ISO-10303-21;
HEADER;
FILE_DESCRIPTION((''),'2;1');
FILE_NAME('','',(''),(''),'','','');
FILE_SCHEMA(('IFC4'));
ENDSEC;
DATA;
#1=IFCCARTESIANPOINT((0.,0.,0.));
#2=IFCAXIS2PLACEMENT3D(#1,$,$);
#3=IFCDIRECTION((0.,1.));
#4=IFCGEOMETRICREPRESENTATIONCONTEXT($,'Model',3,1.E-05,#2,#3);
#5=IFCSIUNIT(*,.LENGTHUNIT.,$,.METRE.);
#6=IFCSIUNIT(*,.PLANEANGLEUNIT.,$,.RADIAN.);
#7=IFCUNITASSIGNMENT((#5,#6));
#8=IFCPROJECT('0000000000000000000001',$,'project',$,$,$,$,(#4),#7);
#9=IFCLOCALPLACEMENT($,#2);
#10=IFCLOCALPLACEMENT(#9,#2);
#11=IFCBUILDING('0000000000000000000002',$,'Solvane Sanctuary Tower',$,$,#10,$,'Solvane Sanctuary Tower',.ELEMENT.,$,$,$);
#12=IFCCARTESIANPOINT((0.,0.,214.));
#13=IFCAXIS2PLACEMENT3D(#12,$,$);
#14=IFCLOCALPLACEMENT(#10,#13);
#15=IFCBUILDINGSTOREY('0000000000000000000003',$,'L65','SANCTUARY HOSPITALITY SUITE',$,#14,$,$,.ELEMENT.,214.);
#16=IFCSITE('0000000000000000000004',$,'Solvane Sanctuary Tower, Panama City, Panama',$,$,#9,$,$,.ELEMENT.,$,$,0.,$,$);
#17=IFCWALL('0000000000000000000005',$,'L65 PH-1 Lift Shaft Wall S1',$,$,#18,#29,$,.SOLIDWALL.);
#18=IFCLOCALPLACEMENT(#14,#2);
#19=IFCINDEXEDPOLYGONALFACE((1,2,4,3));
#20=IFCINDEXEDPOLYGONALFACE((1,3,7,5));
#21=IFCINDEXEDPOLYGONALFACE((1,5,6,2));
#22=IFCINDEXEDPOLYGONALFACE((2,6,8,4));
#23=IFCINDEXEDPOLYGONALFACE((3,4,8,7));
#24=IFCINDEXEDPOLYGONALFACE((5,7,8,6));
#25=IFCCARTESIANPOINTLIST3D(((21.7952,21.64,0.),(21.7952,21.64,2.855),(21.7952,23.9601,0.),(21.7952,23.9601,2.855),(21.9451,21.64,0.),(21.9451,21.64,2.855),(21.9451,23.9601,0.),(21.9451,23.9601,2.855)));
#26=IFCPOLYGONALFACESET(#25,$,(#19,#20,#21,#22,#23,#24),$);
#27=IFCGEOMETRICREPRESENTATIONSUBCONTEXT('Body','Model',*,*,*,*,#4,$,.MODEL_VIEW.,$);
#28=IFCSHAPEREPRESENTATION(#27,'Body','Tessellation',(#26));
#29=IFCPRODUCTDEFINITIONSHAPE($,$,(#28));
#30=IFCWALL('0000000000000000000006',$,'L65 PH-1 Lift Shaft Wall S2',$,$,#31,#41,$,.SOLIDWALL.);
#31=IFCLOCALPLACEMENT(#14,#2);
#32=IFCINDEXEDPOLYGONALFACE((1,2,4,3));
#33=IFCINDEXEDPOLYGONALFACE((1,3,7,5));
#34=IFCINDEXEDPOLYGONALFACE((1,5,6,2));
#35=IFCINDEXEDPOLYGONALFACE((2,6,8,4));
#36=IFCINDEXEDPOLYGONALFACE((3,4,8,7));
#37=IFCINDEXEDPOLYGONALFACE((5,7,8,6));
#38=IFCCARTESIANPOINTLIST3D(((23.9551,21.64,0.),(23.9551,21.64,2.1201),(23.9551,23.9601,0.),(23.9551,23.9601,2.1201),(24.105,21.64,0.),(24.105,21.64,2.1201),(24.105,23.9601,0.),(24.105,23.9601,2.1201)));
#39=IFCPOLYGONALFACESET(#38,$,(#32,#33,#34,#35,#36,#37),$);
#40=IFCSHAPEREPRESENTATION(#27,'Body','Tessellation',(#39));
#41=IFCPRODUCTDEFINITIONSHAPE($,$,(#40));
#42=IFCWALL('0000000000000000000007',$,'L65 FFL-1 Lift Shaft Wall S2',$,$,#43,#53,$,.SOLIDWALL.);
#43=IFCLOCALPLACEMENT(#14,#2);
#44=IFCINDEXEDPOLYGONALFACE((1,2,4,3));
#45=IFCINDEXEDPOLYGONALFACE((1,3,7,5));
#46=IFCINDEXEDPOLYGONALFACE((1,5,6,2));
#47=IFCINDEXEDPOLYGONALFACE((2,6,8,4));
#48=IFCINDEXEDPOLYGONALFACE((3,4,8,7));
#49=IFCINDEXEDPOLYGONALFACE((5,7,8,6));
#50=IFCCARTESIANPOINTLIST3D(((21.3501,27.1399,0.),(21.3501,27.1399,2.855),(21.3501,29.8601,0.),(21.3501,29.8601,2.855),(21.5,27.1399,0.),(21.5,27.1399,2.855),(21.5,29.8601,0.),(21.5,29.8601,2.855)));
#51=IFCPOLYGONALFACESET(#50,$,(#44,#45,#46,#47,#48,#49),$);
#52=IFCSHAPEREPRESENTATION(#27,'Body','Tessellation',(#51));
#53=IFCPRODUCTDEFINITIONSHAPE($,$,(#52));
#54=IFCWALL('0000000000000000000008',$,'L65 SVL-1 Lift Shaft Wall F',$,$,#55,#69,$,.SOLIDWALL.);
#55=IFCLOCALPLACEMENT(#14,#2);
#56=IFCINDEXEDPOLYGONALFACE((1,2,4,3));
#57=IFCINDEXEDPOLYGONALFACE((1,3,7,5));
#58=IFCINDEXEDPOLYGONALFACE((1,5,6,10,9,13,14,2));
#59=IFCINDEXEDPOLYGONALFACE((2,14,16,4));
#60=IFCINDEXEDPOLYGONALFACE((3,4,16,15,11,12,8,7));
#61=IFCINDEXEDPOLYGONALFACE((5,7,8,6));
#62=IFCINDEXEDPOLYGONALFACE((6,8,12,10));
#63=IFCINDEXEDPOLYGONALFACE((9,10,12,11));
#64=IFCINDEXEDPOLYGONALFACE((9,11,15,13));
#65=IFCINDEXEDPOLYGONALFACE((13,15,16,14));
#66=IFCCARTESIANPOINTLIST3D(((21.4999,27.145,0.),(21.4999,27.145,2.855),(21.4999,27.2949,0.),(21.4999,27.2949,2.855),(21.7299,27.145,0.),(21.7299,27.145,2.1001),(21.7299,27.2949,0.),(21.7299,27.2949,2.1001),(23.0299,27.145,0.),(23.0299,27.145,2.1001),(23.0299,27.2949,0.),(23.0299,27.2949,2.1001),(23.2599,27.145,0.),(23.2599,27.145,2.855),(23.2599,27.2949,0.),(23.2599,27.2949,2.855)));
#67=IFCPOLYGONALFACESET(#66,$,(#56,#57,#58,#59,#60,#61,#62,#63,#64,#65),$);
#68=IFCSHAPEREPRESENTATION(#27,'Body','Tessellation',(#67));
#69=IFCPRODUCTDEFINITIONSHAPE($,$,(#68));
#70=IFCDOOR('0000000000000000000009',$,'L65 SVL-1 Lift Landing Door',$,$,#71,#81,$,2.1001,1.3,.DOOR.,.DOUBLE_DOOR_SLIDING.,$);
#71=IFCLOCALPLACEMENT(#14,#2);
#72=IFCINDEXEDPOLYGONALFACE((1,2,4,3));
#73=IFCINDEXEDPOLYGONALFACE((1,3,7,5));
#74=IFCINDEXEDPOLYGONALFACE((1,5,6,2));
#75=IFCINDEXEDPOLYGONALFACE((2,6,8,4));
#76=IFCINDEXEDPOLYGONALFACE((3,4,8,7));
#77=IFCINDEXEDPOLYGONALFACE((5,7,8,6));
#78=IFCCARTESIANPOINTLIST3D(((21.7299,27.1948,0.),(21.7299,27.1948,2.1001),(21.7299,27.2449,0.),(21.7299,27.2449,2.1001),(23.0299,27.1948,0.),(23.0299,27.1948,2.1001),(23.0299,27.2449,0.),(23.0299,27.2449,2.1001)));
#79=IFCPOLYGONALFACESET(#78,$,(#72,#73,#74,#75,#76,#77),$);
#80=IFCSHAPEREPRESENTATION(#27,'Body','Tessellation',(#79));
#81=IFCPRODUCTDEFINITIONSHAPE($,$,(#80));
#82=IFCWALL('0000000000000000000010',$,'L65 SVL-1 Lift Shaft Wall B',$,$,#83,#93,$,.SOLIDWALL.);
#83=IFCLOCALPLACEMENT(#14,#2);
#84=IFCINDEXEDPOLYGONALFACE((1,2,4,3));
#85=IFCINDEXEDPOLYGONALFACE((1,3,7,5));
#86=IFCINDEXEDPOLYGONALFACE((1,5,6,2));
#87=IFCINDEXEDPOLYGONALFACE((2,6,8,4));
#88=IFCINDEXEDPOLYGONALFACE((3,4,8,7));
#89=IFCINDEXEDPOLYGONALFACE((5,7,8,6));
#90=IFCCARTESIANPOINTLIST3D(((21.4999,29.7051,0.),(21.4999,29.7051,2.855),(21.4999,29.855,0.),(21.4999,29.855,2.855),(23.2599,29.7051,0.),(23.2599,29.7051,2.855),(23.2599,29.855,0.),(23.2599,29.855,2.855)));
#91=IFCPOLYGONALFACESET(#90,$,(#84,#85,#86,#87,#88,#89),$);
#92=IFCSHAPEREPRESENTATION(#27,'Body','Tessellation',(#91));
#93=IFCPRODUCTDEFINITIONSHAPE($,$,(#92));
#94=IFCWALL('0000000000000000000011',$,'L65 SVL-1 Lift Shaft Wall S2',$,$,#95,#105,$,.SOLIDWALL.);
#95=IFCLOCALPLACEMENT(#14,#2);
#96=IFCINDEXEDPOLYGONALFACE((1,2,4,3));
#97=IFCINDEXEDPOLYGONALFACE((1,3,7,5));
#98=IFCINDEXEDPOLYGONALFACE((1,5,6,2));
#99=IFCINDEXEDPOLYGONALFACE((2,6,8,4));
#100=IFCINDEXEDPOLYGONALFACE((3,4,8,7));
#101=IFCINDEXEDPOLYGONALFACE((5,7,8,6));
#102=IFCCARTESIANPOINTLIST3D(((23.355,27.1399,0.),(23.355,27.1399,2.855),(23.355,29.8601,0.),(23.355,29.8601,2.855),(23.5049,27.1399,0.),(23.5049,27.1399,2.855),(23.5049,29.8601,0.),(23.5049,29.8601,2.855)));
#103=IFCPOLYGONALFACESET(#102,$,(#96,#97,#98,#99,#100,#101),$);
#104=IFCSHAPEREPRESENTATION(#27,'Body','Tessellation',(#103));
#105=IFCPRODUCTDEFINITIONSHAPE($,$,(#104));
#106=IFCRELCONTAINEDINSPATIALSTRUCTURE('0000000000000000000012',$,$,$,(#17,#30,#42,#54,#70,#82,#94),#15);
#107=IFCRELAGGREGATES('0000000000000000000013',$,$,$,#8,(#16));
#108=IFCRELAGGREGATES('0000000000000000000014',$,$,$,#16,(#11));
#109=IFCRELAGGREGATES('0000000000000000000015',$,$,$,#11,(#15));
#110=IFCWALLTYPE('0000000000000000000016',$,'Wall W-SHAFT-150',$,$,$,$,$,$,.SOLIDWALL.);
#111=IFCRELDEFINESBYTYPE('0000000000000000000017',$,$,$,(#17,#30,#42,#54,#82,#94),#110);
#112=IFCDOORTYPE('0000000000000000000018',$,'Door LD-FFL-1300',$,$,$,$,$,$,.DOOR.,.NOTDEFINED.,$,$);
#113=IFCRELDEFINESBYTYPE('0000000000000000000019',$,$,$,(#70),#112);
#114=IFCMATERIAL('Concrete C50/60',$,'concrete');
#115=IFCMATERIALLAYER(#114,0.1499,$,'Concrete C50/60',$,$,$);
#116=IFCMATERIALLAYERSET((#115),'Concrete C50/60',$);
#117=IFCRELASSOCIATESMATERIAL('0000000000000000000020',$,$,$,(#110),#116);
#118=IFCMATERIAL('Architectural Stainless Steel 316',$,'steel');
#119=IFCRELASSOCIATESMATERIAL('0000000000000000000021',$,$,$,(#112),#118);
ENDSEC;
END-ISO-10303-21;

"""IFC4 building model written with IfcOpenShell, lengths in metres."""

from ifc_helpers import new_model, si_unit, direction, frame, frame_2d, origin, place, context, subcontext, project, spatial, rectangle, extrude, material, layer, layer_set, type_object, element, fill, save


model = new_model("IFC4")

# Units and contexts
model_context = context("Model", 3, precision=1e-05, world=origin(), true_north=direction((0.0, 1.0)))
body_context = subcontext(model_context, "Body", "Model", "MODEL_VIEW")
ifc_project = project(units=[si_unit("LENGTHUNIT", "METRE"), si_unit("PLANEANGLEUNIT", "RADIAN")], contexts=[model_context])

# Site, building, storey
site_placement = place(None, origin())
site = spatial("IfcSite", under=ifc_project, at=site_placement, Name="Solvane Sanctuary Tower, Panama City, Panama", CompositionType="ELEMENT", RefElevation=0.0)
building_placement = place(site_placement, origin())
building = spatial("IfcBuilding", under=site, at=building_placement, Name="Solvane Sanctuary Tower", LongName="Solvane Sanctuary Tower", CompositionType="ELEMENT")
storey_placement = place(building_placement, frame((0.0, 0.0, 214.0)))
storey = spatial("IfcBuildingStorey", under=building, at=storey_placement, Name="L65", Description="SANCTUARY HOSPITALITY SUITE", CompositionType="ELEMENT", Elevation=214.0)

# Shared definitions
ifc_material_1 = material(Name="Concrete C50/60", Category="concrete")

# Shared definitions
ifc_material_2 = material(Name="Architectural Stainless Steel 316", Category="steel")

# Shared definitions
ifc_layer_1 = layer(ifc_material_1, 0.1499, Name="Concrete C50/60")
ifc_layer_set_1 = layer_set([ifc_layer_1], Name="Concrete C50/60")
wall_type_1 = type_object("IfcWallType", Name="Wall W-SHAFT-150", PredefinedType="SOLIDWALL", material=ifc_layer_set_1)

# Walls
wall_1_placement = place(storey_placement, frame((21.8701, 21.6399, 0.0), z_axis=(0.0, 0.0, 1.0), x_axis=(0.0, 1.0, 0.0)))
element("IfcWall", 1, at=wall_1_placement, inside=storey, type_object=wall_type_1, Name="L65 PH-1 Lift Shaft Wall S1", PredefinedType="SOLIDWALL", context=body_context, shape_type="SweptSolid", body=[
    extrude(rectangle(XDim=2.3201, YDim=0.1499, at=frame_2d((1.1602, 0.0))), origin(), (0.0, 0.0, 1.0), 2.855),
])
wall_2_placement = place(storey_placement, frame((24.03, 21.6399, 0.0), z_axis=(0.0, 0.0, 1.0), x_axis=(0.0, 1.0, 0.0)))
element("IfcWall", 2, at=wall_2_placement, inside=storey, type_object=wall_type_1, Name="L65 PH-1 Lift Shaft Wall S2", PredefinedType="SOLIDWALL", context=body_context, shape_type="SweptSolid", body=[
    extrude(rectangle(XDim=2.3201, YDim=0.1499, at=frame_2d((1.1602, 0.0))), origin(), (0.0, 0.0, 1.0), 2.1201),
])
wall_3_placement = place(storey_placement, frame((21.425, 27.1399, 0.0), z_axis=(0.0, 0.0, 1.0), x_axis=(0.0, 1.0, 0.0)))
element("IfcWall", 3, at=wall_3_placement, inside=storey, type_object=wall_type_1, Name="L65 FFL-1 Lift Shaft Wall S2", PredefinedType="SOLIDWALL", context=body_context, shape_type="SweptSolid", body=[
    extrude(rectangle(XDim=2.7202, YDim=0.1499, at=frame_2d((1.3601, 0.0))), origin(), (0.0, 0.0, 1.0), 2.855),
])

# Wall, opening, door
wall_4_placement = place(storey_placement, frame((21.5, 27.22, 0.0), z_axis=(0.0, 0.0, 1.0), x_axis=(1.0, 0.0, 0.0)))
wall_4 = element("IfcWall", 4, at=wall_4_placement, inside=storey, type_object=wall_type_1, Name="L65 SVL-1 Lift Shaft Wall F", PredefinedType="SOLIDWALL", context=body_context, shape_type="SweptSolid", body=[
    extrude(rectangle(XDim=1.76, YDim=0.1499, at=frame_2d((0.8799, 0.0))), origin(), (0.0, 0.0, 1.0), 2.855),
])
opening_1_placement = place(wall_4_placement, frame((0.23, 0.0, 0.0)))
opening_1 = element("IfcOpeningElement", 5, at=opening_1_placement, cuts=wall_4, PredefinedType="OPENING", context=body_context, shape_type="SweptSolid", body=[
    extrude(rectangle(XDim=1.3, YDim=2.1001, at=frame_2d((0.6499, 1.05))), frame((0.0, 0.085, 0.0), z_axis=(0.0, -1.0, 0.0), x_axis=(1.0, 0.0, 0.0)), (0.0, 0.0, 1.0), 0.1699),
])
door_type_1 = type_object("IfcDoorType", Name="Door LD-FFL-1300", OperationType="NOTDEFINED", PredefinedType="DOOR", material=ifc_material_2)
door_1_placement = place(opening_1_placement, origin())
door_1 = element("IfcDoor", 6, at=door_1_placement, inside=storey, type_object=door_type_1, Name="L65 SVL-1 Lift Landing Door", OperationType="DOUBLE_DOOR_SLIDING", OverallHeight=2.1001, OverallWidth=1.3, PredefinedType="DOOR", context=body_context, shape_type="SweptSolid", body=[
    extrude(rectangle(XDim=1.3, YDim=2.1001, at=frame_2d((0.6499, 1.05))), frame((0.0, 0.0249, 0.0), z_axis=(0.0, -1.0, 0.0), x_axis=(1.0, 0.0, 0.0)), (0.0, 0.0, 1.0), 0.05),
])
fill(opening_1, door_1)

# Walls
wall_5_placement = place(storey_placement, frame((21.5, 29.78, 0.0), z_axis=(0.0, 0.0, 1.0), x_axis=(1.0, 0.0, 0.0)))
element("IfcWall", 7, at=wall_5_placement, inside=storey, type_object=wall_type_1, Name="L65 SVL-1 Lift Shaft Wall B", PredefinedType="SOLIDWALL", context=body_context, shape_type="SweptSolid", body=[
    extrude(rectangle(XDim=1.76, YDim=0.1499, at=frame_2d((0.8799, 0.0))), origin(), (0.0, 0.0, 1.0), 2.855),
])
wall_6_placement = place(storey_placement, frame((23.4299, 27.1399, 0.0), z_axis=(0.0, 0.0, 1.0), x_axis=(0.0, 1.0, 0.0)))
element("IfcWall", 8, at=wall_6_placement, inside=storey, type_object=wall_type_1, Name="L65 SVL-1 Lift Shaft Wall S2", PredefinedType="SOLIDWALL", context=body_context, shape_type="SweptSolid", body=[
    extrude(rectangle(XDim=2.7202, YDim=0.1499, at=frame_2d((1.3601, 0.0))), origin(), (0.0, 0.0, 1.0), 2.855),
])

save(model, "model.ifc")
